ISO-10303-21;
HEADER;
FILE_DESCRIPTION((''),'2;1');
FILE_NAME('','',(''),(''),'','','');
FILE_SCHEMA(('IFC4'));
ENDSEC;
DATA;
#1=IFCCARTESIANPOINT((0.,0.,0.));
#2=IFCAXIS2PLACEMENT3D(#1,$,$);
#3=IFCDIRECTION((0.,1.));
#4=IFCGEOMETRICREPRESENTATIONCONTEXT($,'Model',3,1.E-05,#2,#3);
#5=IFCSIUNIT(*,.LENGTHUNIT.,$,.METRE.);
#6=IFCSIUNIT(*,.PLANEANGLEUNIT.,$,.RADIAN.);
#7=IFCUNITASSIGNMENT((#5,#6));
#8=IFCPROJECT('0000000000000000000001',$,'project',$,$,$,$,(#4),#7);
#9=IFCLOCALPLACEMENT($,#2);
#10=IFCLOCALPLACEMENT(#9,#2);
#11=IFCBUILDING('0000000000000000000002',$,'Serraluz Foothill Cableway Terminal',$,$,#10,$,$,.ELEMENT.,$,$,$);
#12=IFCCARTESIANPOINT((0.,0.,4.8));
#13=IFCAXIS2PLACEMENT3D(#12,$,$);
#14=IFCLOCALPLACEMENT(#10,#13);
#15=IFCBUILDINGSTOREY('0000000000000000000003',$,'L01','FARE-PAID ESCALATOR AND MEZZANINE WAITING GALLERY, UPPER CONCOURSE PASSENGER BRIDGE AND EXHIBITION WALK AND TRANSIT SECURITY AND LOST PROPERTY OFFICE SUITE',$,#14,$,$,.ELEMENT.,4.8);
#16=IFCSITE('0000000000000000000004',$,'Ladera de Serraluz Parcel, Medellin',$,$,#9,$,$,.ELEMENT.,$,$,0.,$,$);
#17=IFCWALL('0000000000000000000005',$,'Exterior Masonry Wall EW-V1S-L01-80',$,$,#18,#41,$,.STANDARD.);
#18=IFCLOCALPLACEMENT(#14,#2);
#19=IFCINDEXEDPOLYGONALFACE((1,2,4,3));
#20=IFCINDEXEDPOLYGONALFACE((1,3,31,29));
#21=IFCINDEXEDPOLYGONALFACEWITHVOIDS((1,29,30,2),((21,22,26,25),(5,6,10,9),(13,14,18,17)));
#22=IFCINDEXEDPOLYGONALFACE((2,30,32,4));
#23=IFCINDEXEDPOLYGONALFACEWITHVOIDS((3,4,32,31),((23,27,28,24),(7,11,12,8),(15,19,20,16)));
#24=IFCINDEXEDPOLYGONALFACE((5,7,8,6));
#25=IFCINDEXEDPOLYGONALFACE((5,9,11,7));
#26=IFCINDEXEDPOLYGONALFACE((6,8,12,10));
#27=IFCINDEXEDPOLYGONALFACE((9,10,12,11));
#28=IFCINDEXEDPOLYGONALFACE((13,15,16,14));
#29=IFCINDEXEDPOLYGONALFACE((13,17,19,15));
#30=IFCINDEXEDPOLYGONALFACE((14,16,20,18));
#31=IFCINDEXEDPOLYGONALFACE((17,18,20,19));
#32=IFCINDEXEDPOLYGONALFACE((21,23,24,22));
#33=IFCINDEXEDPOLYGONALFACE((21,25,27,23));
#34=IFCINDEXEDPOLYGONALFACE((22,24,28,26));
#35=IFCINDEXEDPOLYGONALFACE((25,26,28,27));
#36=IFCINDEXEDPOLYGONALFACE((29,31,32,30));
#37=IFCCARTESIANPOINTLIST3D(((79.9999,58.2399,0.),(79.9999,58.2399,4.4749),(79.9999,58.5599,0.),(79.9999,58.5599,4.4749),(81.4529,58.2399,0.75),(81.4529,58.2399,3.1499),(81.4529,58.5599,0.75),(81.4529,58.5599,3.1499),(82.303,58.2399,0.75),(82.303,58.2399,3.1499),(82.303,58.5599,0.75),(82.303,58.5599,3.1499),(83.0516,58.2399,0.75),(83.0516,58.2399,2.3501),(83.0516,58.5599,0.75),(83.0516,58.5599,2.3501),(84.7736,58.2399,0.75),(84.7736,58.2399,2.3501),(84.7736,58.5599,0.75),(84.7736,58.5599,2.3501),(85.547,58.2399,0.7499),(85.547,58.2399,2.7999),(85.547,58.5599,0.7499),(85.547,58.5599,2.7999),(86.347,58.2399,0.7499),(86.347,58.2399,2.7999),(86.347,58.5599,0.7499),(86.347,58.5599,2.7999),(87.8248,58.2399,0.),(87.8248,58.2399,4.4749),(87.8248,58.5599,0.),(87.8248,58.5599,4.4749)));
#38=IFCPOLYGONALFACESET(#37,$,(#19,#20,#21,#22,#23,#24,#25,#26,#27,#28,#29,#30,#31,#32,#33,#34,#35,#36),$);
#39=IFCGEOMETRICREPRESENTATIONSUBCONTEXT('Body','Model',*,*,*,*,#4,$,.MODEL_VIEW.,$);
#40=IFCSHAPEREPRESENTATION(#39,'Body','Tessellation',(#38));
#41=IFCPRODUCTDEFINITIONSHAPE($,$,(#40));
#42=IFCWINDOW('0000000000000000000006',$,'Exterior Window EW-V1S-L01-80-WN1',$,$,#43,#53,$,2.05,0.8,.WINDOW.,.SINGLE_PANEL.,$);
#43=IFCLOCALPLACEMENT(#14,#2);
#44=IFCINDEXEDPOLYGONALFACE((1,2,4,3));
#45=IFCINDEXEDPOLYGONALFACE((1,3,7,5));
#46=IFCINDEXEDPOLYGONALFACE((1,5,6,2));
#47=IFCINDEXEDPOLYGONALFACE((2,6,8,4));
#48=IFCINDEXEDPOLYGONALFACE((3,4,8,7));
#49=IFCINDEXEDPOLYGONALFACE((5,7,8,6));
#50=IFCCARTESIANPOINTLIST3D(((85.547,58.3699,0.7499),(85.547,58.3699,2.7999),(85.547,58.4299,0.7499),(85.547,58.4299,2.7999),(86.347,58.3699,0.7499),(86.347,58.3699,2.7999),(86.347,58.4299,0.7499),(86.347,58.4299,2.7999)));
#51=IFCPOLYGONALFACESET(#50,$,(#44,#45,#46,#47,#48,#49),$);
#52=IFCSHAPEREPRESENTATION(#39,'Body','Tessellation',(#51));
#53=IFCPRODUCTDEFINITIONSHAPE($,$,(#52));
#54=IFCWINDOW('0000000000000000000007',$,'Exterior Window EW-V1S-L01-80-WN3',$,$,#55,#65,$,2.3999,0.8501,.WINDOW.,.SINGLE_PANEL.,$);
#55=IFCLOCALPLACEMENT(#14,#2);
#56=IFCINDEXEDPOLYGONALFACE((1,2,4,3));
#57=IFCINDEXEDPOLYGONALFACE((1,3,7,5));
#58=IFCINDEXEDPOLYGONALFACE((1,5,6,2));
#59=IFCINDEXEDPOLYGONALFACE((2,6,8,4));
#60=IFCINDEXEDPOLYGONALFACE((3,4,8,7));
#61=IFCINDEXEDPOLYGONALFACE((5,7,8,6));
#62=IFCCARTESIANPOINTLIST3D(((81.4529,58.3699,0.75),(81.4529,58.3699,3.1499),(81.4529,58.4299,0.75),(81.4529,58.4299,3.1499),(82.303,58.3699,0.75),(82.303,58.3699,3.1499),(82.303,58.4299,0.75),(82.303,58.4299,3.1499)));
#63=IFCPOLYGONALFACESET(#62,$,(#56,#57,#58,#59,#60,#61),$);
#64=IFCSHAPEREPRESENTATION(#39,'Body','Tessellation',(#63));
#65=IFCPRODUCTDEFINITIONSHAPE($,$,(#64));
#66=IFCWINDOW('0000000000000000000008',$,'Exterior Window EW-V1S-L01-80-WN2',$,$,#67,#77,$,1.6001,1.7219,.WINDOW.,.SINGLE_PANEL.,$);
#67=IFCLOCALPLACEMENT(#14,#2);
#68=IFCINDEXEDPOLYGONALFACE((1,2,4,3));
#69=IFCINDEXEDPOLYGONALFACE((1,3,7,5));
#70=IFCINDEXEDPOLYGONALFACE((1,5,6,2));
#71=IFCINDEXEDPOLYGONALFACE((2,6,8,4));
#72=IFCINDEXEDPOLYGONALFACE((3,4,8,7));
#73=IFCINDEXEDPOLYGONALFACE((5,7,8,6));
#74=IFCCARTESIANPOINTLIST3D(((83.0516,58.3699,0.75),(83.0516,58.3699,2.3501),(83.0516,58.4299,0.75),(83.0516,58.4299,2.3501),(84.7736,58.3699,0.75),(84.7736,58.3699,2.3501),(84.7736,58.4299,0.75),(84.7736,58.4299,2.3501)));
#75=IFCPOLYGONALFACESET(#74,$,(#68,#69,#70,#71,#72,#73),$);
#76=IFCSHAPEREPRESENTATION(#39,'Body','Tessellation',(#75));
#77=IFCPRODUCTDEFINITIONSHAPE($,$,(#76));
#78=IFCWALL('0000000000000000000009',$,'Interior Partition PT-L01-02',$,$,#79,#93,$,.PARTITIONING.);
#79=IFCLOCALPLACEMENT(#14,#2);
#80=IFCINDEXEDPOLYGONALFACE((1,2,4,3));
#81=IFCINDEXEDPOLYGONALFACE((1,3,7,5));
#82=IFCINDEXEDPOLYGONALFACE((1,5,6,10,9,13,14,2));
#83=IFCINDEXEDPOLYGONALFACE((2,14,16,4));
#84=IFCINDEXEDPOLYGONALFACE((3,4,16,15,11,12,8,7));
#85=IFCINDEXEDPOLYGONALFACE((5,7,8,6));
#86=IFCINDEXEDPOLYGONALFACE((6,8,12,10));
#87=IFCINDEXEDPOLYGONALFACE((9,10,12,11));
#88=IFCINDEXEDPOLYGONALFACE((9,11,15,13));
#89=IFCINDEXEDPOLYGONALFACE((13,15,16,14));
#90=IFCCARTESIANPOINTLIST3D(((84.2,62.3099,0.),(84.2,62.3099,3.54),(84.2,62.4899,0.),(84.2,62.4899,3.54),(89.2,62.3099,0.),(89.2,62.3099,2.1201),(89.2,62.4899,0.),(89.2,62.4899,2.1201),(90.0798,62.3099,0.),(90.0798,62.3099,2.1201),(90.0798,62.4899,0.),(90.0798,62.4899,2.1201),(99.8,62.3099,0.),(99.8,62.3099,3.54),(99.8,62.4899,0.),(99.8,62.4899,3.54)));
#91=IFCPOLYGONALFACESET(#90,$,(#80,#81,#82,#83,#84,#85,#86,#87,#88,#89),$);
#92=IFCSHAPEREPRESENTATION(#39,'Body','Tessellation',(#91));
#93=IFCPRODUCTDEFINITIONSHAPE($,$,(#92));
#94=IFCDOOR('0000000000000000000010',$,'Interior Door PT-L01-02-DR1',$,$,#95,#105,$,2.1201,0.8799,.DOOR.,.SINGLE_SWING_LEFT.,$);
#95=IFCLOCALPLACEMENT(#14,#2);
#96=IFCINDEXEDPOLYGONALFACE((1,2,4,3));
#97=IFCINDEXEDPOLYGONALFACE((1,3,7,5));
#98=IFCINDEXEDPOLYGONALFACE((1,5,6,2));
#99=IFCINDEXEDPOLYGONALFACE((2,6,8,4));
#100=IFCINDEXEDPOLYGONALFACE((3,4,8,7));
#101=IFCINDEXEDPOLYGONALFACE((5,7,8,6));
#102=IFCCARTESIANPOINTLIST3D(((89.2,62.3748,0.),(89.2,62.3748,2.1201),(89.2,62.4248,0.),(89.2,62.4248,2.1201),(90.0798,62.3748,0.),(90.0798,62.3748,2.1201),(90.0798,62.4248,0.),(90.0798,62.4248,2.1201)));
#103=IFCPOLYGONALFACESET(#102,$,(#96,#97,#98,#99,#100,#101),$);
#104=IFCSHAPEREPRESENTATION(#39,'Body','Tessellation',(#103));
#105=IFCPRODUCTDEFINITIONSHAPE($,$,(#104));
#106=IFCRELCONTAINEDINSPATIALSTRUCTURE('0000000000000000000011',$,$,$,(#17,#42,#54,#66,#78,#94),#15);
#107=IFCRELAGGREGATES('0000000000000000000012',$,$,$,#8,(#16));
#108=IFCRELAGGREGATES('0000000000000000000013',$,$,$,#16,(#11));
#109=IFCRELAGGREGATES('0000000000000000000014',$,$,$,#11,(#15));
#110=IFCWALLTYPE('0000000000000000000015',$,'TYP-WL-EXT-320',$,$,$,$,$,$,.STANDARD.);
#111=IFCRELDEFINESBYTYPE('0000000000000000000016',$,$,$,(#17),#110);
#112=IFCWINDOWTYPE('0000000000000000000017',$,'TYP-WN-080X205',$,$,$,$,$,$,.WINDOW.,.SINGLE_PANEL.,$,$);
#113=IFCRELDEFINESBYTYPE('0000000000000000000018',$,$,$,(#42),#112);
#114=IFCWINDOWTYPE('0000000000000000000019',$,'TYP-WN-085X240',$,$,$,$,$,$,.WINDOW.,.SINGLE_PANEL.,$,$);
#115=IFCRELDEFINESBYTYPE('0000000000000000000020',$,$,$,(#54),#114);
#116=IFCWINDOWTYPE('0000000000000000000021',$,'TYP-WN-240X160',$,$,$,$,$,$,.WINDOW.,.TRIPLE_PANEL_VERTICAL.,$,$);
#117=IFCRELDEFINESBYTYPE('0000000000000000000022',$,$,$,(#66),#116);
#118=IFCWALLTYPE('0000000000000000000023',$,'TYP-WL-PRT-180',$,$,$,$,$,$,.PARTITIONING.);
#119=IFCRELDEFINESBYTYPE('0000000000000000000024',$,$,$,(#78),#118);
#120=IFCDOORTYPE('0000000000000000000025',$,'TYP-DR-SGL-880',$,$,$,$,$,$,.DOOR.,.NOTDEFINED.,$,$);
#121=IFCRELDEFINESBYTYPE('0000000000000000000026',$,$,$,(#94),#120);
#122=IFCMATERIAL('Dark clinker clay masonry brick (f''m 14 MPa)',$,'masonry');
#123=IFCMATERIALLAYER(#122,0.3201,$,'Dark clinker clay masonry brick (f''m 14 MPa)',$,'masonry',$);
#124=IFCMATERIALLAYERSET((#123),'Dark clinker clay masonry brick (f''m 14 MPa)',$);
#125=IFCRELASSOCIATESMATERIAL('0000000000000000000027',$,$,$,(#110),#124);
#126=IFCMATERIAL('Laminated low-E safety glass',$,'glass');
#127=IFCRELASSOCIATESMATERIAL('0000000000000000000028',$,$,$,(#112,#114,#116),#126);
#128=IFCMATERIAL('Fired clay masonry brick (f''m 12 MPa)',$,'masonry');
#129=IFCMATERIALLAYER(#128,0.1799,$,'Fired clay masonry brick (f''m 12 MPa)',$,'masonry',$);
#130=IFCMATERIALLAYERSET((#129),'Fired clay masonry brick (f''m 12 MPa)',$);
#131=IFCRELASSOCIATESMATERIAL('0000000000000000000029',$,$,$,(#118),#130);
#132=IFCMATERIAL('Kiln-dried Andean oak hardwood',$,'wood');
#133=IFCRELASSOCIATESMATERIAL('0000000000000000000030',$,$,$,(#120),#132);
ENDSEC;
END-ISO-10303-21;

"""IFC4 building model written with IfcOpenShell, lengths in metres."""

from ifc_helpers import new_model, si_unit, direction, frame, frame_2d, origin, place, context, subcontext, project, spatial, rectangle, extrude, material, layer, layer_set, type_object, element, fill, save


model = new_model("IFC4")

# Units and contexts
model_context = context("Model", 3, precision=1e-05, world=origin(), true_north=direction((0.0, 1.0)))
body_context = subcontext(model_context, "Body", "Model", "MODEL_VIEW")
ifc_project = project(units=[si_unit("LENGTHUNIT", "METRE"), si_unit("PLANEANGLEUNIT", "RADIAN")], contexts=[model_context])

# Site, building, storey
site_placement = place(None, origin())
site = spatial("IfcSite", under=ifc_project, at=site_placement, Name="Ladera de Serraluz Parcel, Medellin", CompositionType="ELEMENT", RefElevation=0.0)
building_placement = place(site_placement, origin())
building = spatial("IfcBuilding", under=site, at=building_placement, Name="Serraluz Foothill Cableway Terminal", CompositionType="ELEMENT")
storey_placement = place(building_placement, frame((0.0, 0.0, 4.8)))
storey = spatial("IfcBuildingStorey", under=building, at=storey_placement, Name="L01", Description="FARE-PAID ESCALATOR AND MEZZANINE WAITING GALLERY, UPPER CONCOURSE PASSENGER BRIDGE AND EXHIBITION WALK AND TRANSIT SECURITY AND LOST PROPERTY OFFICE SUITE", CompositionType="ELEMENT", Elevation=4.8)

# Wall, openings, windows
ifc_material_1 = material(Name="Dark clinker clay masonry brick (f'm 14 MPa)", Category="masonry")
ifc_layer_1 = layer(ifc_material_1, 0.3201, Name="Dark clinker clay masonry brick (f'm 14 MPa)", Category="masonry")
ifc_layer_set_1 = layer_set([ifc_layer_1], Name="Dark clinker clay masonry brick (f'm 14 MPa)")
wall_type_1 = type_object("IfcWallType", Name="TYP-WL-EXT-320", PredefinedType="STANDARD", material=ifc_layer_set_1)
wall_1_placement = place(storey_placement, frame((87.825, 58.3999, 0.0), z_axis=(0.0, 0.0, 1.0), x_axis=(-1.0, 0.0, 0.0)))
wall_1 = element("IfcWall", 1, at=wall_1_placement, inside=storey, type_object=wall_type_1, Name="Exterior Masonry Wall EW-V1S-L01-80", PredefinedType="STANDARD", context=body_context, shape_type="SweptSolid", body=[
    extrude(rectangle(XDim=7.825, YDim=0.3201, at=frame_2d((3.9126, 0.0))), origin(), (0.0, 0.0, 1.0), 4.4749),
])
opening_1_placement = place(wall_1_placement, frame((1.478, 0.0, 0.75)))
opening_1 = element("IfcOpeningElement", 2, at=opening_1_placement, cuts=wall_1, PredefinedType="OPENING", context=body_context, shape_type="SweptSolid", body=[
    extrude(rectangle(XDim=0.8, YDim=2.05, at=frame_2d((0.3999, 1.0249))), frame((0.0, 0.1699, 0.0), z_axis=(0.0, -1.0, 0.0), x_axis=(1.0, 0.0, 0.0)), (0.0, 0.0, 1.0), 0.3401),
])
opening_2_placement = place(wall_1_placement, frame((3.0515, 0.0, 0.75)))
opening_2 = element("IfcOpeningElement", 3, at=opening_2_placement, cuts=wall_1, PredefinedType="OPENING", context=body_context, shape_type="SweptSolid", body=[
    extrude(rectangle(XDim=1.7219, YDim=1.6001, at=frame_2d((0.8608, 0.8))), frame((0.0, 0.1699, 0.0), z_axis=(0.0, -1.0, 0.0), x_axis=(1.0, 0.0, 0.0)), (0.0, 0.0, 1.0), 0.3401),
])
opening_3_placement = place(wall_1_placement, frame((5.522, 0.0, 0.75)))
opening_3 = element("IfcOpeningElement", 4, at=opening_3_placement, cuts=wall_1, PredefinedType="OPENING", context=body_context, shape_type="SweptSolid", body=[
    extrude(rectangle(XDim=0.8501, YDim=2.3999, at=frame_2d((0.425, 1.2))), frame((0.0, 0.1699, 0.0), z_axis=(0.0, -1.0, 0.0), x_axis=(1.0, 0.0, 0.0)), (0.0, 0.0, 1.0), 0.3401),
])
ifc_material_2 = material(Name="Laminated low-E safety glass", Category="glass")
window_type_1 = type_object("IfcWindowType", Name="TYP-WN-080X205", PartitioningType="SINGLE_PANEL", PredefinedType="WINDOW", material=ifc_material_2)
window_1_placement = place(opening_1_placement, origin())
window_1 = element("IfcWindow", 5, at=window_1_placement, inside=storey, type_object=window_type_1, Name="Exterior Window EW-V1S-L01-80-WN1", OverallHeight=2.05, OverallWidth=0.8, PartitioningType="SINGLE_PANEL", PredefinedType="WINDOW", context=body_context, shape_type="SweptSolid", body=[
    extrude(rectangle(XDim=0.8, YDim=2.05, at=frame_2d((0.3999, 1.0249))), frame((0.0, 0.03, 0.0), z_axis=(0.0, -1.0, 0.0), x_axis=(1.0, 0.0, 0.0)), (0.0, 0.0, 1.0), 0.0601),
])
fill(opening_1, window_1)
window_type_2 = type_object("IfcWindowType", Name="TYP-WN-085X240", PartitioningType="SINGLE_PANEL", PredefinedType="WINDOW", material=ifc_material_2)
window_2_placement = place(opening_3_placement, origin())
window_2 = element("IfcWindow", 6, at=window_2_placement, inside=storey, type_object=window_type_2, Name="Exterior Window EW-V1S-L01-80-WN3", OverallHeight=2.3999, OverallWidth=0.8501, PartitioningType="SINGLE_PANEL", PredefinedType="WINDOW", context=body_context, shape_type="SweptSolid", body=[
    extrude(rectangle(XDim=0.8501, YDim=2.3999, at=frame_2d((0.425, 1.2))), frame((0.0, 0.03, 0.0), z_axis=(0.0, -1.0, 0.0), x_axis=(1.0, 0.0, 0.0)), (0.0, 0.0, 1.0), 0.0601),
])
fill(opening_3, window_2)
window_type_3 = type_object("IfcWindowType", Name="TYP-WN-240X160", PartitioningType="TRIPLE_PANEL_VERTICAL", PredefinedType="WINDOW", material=ifc_material_2)
window_3_placement = place(opening_2_placement, origin())
window_3 = element("IfcWindow", 7, at=window_3_placement, inside=storey, type_object=window_type_3, Name="Exterior Window EW-V1S-L01-80-WN2", OverallHeight=1.6001, OverallWidth=1.7219, PartitioningType="SINGLE_PANEL", PredefinedType="WINDOW", context=body_context, shape_type="SweptSolid", body=[
    extrude(rectangle(XDim=1.7219, YDim=1.6001, at=frame_2d((0.8608, 0.8))), frame((0.0, 0.03, 0.0), z_axis=(0.0, -1.0, 0.0), x_axis=(1.0, 0.0, 0.0)), (0.0, 0.0, 1.0), 0.0601),
])
fill(opening_2, window_3)

# Wall, opening, door
ifc_material_3 = material(Name="Fired clay masonry brick (f'm 12 MPa)", Category="masonry")
ifc_layer_2 = layer(ifc_material_3, 0.1799, Name="Fired clay masonry brick (f'm 12 MPa)", Category="masonry")
ifc_layer_set_2 = layer_set([ifc_layer_2], Name="Fired clay masonry brick (f'm 12 MPa)")
wall_type_2 = type_object("IfcWallType", Name="TYP-WL-PRT-180", PredefinedType="PARTITIONING", material=ifc_layer_set_2)
wall_2_placement = place(storey_placement, frame((84.2, 62.3999, 0.0), z_axis=(0.0, 0.0, 1.0), x_axis=(1.0, 0.0, 0.0)))
wall_2 = element("IfcWall", 8, at=wall_2_placement, inside=storey, type_object=wall_type_2, Name="Interior Partition PT-L01-02", PredefinedType="PARTITIONING", context=body_context, shape_type="SweptSolid", body=[
    extrude(rectangle(XDim=15.6001, YDim=0.1799, at=frame_2d((7.8, 0.0))), origin(), (0.0, 0.0, 1.0), 3.54),
])
opening_4_placement = place(wall_2_placement, frame((5.0, 0.0, 0.0)))
opening_4 = element("IfcOpeningElement", 9, at=opening_4_placement, cuts=wall_2, PredefinedType="OPENING", context=body_context, shape_type="SweptSolid", body=[
    extrude(rectangle(XDim=0.8799, YDim=2.1201, at=frame_2d((0.4399, 1.0601))), frame((0.0, 0.1001, 0.0), z_axis=(0.0, -1.0, 0.0), x_axis=(1.0, 0.0, 0.0)), (0.0, 0.0, 1.0), 0.2),
])
ifc_material_4 = material(Name="Kiln-dried Andean oak hardwood", Category="wood")
door_type = type_object("IfcDoorType", Name="TYP-DR-SGL-880", OperationType="NOTDEFINED", PredefinedType="DOOR", material=ifc_material_4)
door_placement = place(opening_4_placement, origin())
door = element("IfcDoor", 10, at=door_placement, inside=storey, type_object=door_type, Name="Interior Door PT-L01-02-DR1", OperationType="SINGLE_SWING_LEFT", OverallHeight=2.1201, OverallWidth=0.8799, PredefinedType="DOOR", context=body_context, shape_type="SweptSolid", body=[
    extrude(rectangle(XDim=0.8799, YDim=2.1201, at=frame_2d((0.4399, 1.0601))), frame((0.0, 0.0249, 0.0), z_axis=(0.0, -1.0, 0.0), x_axis=(1.0, 0.0, 0.0)), (0.0, 0.0, 1.0), 0.05),
])
fill(opening_4, door)

save(model, "model.ifc")
